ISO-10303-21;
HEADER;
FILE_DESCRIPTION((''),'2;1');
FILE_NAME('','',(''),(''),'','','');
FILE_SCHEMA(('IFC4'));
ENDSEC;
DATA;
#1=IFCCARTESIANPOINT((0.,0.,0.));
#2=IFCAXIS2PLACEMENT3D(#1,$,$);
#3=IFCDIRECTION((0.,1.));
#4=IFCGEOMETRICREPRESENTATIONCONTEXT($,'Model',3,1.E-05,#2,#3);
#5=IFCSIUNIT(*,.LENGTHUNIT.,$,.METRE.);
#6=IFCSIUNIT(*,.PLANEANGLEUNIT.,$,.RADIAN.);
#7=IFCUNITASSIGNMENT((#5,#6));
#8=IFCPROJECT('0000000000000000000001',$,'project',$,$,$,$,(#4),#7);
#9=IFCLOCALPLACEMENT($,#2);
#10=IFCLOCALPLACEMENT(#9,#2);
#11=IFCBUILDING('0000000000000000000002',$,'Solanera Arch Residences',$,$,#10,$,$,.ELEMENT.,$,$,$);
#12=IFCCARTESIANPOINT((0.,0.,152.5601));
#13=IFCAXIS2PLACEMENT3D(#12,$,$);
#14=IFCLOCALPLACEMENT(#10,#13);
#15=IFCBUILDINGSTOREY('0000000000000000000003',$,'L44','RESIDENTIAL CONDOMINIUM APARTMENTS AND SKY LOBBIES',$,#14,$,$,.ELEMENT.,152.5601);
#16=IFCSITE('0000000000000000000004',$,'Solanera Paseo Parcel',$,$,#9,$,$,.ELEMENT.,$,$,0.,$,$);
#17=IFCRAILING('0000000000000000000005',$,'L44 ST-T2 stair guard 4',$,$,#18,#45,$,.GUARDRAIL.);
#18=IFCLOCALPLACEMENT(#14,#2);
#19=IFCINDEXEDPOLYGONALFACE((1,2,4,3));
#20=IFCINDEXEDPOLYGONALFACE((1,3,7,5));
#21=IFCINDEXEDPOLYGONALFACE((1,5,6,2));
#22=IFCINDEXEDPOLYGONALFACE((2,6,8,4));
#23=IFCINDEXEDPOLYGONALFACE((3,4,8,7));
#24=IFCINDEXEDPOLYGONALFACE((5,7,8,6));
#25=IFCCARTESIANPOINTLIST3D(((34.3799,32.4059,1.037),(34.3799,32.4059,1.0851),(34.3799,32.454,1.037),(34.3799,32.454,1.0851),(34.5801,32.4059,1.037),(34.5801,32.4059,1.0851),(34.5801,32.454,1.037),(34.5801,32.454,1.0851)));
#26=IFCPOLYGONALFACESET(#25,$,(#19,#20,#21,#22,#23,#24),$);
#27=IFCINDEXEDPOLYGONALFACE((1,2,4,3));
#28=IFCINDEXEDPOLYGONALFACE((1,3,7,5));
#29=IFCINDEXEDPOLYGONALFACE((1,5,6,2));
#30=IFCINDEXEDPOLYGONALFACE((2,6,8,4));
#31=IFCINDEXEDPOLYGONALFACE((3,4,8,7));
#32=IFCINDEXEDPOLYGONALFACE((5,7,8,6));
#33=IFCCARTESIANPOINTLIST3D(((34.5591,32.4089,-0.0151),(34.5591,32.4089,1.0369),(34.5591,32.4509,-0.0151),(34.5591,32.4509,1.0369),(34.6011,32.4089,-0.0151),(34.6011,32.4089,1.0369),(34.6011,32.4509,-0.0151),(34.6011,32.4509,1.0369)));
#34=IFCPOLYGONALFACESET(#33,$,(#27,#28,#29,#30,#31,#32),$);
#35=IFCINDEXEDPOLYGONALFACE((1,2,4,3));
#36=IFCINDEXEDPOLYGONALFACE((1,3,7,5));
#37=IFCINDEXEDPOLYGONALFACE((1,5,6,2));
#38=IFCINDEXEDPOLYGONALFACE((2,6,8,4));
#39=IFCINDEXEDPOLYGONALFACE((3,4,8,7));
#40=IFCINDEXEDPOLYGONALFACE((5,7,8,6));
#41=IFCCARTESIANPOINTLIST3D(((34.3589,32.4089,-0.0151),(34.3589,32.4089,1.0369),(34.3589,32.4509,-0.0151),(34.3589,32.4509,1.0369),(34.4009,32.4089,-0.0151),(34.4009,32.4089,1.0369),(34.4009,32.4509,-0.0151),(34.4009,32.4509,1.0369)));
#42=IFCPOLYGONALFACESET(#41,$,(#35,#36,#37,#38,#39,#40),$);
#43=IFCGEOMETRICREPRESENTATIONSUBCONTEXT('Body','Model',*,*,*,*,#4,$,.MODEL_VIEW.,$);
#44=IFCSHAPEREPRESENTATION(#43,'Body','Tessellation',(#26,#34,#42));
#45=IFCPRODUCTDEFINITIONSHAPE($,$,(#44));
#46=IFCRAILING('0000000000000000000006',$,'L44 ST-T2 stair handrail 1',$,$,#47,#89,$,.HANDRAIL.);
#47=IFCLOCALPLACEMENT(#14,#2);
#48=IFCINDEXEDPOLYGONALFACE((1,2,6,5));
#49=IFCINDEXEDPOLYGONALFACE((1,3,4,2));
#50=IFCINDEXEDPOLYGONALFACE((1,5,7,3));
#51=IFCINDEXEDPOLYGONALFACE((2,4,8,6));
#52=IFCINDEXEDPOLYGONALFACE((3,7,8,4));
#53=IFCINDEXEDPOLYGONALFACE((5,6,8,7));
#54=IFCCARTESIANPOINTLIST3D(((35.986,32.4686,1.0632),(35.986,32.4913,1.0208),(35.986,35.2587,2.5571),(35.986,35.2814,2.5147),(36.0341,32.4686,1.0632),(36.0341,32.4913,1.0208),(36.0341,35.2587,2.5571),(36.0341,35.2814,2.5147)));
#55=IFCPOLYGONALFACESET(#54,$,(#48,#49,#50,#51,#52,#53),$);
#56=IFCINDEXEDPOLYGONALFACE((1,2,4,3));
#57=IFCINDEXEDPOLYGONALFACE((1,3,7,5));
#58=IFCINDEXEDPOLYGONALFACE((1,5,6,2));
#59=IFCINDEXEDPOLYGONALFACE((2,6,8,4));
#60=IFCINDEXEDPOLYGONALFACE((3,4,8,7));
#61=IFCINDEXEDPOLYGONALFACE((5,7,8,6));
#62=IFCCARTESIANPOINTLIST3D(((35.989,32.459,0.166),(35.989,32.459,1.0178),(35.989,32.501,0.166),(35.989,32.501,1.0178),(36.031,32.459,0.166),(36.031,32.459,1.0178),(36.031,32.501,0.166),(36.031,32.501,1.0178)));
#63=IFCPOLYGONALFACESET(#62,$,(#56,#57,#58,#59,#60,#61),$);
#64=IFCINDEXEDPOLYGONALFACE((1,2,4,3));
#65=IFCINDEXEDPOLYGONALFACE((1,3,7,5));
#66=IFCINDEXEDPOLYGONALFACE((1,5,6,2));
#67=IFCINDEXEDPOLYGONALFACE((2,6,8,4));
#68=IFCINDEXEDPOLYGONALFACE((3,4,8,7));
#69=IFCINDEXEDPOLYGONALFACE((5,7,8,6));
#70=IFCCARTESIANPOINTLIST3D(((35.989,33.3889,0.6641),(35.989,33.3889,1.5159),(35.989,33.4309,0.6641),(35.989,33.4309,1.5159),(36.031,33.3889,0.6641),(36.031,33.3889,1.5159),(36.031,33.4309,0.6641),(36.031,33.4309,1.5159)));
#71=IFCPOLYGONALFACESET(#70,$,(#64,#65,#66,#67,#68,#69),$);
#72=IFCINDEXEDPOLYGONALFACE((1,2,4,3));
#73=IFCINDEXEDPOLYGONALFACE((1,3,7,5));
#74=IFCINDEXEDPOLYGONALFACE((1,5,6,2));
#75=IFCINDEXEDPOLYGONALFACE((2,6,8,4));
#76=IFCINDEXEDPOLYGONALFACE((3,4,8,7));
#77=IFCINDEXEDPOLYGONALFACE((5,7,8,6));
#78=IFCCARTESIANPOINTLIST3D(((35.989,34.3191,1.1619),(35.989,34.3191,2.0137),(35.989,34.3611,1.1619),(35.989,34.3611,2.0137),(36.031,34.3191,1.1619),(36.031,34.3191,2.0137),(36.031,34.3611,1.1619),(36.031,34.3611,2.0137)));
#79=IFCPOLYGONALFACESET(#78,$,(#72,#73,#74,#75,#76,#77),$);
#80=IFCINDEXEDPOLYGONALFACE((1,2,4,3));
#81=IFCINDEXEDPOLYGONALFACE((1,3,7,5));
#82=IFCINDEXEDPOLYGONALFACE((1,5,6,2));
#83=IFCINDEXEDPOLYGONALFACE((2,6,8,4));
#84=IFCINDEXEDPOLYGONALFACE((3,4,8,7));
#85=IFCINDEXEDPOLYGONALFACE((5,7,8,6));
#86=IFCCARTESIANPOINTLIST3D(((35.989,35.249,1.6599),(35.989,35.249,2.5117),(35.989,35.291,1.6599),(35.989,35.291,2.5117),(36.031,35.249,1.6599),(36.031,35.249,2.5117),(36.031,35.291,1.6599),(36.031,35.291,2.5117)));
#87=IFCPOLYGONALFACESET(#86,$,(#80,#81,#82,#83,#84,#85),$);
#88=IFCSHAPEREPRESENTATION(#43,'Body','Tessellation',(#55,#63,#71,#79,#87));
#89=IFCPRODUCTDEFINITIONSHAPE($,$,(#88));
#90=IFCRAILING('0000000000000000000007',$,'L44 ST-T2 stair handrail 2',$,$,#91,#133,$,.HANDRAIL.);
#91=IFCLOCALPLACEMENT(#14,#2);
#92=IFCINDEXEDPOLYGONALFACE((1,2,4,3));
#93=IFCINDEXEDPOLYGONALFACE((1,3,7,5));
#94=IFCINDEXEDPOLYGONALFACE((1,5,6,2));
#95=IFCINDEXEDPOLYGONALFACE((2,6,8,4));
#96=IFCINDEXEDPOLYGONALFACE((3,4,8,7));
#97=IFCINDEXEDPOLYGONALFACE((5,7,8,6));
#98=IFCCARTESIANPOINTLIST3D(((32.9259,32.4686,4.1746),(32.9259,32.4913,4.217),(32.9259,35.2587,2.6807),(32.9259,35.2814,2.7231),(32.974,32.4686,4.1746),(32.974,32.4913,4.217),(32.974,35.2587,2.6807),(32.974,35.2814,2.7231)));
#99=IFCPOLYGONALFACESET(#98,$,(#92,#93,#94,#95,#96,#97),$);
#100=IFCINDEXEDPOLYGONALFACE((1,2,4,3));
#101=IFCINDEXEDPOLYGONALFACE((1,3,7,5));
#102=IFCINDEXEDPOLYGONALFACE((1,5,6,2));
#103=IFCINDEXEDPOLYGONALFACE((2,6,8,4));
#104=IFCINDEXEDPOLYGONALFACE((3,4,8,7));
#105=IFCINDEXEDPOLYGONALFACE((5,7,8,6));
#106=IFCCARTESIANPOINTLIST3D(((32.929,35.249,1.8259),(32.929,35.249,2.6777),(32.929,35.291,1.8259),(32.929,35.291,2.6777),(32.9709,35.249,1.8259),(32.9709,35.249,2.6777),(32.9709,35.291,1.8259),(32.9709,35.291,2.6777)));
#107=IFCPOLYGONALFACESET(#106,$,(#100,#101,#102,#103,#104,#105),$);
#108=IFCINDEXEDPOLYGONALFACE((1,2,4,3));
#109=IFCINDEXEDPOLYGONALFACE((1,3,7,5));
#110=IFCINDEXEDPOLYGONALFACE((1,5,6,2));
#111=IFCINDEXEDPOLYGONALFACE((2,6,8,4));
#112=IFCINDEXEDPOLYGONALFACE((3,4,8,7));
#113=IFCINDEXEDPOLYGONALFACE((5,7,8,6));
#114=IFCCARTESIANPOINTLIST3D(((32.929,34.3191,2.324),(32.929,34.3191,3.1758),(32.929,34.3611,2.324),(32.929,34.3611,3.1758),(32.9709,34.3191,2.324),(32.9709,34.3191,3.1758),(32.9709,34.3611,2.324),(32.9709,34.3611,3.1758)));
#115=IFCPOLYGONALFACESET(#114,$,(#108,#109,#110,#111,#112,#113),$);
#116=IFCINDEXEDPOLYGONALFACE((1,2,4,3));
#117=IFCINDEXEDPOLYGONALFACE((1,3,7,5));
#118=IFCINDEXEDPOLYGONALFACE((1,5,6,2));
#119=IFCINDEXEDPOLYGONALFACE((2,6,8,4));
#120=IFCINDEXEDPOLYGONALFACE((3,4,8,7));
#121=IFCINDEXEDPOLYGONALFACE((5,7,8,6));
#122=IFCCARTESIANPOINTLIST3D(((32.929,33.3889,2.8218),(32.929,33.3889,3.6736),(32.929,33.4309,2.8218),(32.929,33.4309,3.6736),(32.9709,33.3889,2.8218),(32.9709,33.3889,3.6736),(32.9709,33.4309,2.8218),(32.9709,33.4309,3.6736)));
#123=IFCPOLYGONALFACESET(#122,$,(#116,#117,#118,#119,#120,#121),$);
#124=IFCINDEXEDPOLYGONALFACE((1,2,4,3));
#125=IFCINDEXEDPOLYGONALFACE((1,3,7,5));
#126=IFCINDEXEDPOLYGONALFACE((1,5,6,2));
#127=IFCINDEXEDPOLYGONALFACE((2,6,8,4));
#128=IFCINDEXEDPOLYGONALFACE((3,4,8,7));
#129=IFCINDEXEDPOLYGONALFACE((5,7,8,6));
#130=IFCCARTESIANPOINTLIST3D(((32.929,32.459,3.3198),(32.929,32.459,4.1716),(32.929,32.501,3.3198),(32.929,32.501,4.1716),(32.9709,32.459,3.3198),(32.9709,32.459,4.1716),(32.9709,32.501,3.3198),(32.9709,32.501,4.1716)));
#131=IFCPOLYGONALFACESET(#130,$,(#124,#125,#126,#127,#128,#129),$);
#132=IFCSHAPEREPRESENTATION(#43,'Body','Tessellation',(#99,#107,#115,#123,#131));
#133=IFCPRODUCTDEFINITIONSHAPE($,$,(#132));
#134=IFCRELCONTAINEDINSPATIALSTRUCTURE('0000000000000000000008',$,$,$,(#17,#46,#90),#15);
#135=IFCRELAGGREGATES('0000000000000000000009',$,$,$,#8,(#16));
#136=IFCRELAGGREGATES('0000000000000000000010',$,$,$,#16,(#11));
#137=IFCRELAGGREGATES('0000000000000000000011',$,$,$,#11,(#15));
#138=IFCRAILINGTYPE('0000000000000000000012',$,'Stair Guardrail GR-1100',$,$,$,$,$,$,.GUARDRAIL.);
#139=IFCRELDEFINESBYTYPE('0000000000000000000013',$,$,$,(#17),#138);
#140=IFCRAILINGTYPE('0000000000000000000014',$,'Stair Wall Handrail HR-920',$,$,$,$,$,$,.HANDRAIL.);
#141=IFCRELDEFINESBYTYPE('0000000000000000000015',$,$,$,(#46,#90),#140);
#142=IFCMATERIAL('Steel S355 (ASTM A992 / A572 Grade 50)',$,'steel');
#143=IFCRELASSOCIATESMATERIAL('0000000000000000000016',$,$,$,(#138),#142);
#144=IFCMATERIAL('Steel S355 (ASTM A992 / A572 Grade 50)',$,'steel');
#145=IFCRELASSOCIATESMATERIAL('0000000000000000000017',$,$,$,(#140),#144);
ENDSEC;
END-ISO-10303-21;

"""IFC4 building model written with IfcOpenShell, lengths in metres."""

from ifc_helpers import new_model, si_unit, direction, frame, origin, origin_2d, place, context, subcontext, project, spatial, rectangle, extrude, material, type_object, element, save


model = new_model("IFC4")

# Units and contexts
model_context = context("Model", 3, precision=1e-05, world=origin(), true_north=direction((0.0, 1.0)))
body_context = subcontext(model_context, "Body", "Model", "MODEL_VIEW")
ifc_project = project(units=[si_unit("LENGTHUNIT", "METRE"), si_unit("PLANEANGLEUNIT", "RADIAN")], contexts=[model_context])

# Site, building, storey
site_placement = place(None, origin())
site = spatial("IfcSite", under=ifc_project, at=site_placement, Name="Solanera Paseo Parcel", CompositionType="ELEMENT", RefElevation=0.0)
building_placement = place(site_placement, origin())
building = spatial("IfcBuilding", under=site, at=building_placement, Name="Solanera Arch Residences", CompositionType="ELEMENT")
storey_placement = place(building_placement, frame((0.0, 0.0, 152.5601)))
storey = spatial("IfcBuildingStorey", under=building, at=storey_placement, Name="L44", Description="RESIDENTIAL CONDOMINIUM APARTMENTS AND SKY LOBBIES", CompositionType="ELEMENT", Elevation=152.5601)

# Railings
ifc_material_1 = material(Name="Steel S355 (ASTM A992 / A572 Grade 50)", Category="steel")
railing_type_1 = type_object("IfcRailingType", Name="Stair Guardrail GR-1100", PredefinedType="GUARDRAIL", material=ifc_material_1)
railing_1_placement = place(storey_placement, frame((34.5801, 32.4299, -0.0151)))
element("IfcRailing", 1, at=railing_1_placement, inside=storey, type_object=railing_type_1, Name="L44 ST-T2 stair guard 4", PredefinedType="GUARDRAIL", context=body_context, shape_type="SweptSolid", body=[
    extrude(rectangle(XDim=0.0481, YDim=0.0481, at=origin_2d()), frame((0.0, 0.0, 1.0762), z_axis=(-1.0, 0.0, 0.0), x_axis=(0.0, -1.0, 0.0)), (0.0, 0.0, 1.0), 0.2002),
    extrude(rectangle(XDim=0.042, YDim=0.042, at=origin_2d()), origin(), (0.0, 0.0, 1.0), 1.052),
    extrude(rectangle(XDim=0.042, YDim=0.042, at=origin_2d()), frame((-0.2002, 0.0, 0.0)), (0.0, 0.0, 1.0), 1.052),
])
ifc_material_2 = material(Name="Steel S355 (ASTM A992 / A572 Grade 50)", Category="steel")
railing_type_2 = type_object("IfcRailingType", Name="Stair Wall Handrail HR-920", PredefinedType="HANDRAIL", material=ifc_material_2)
railing_2_placement = place(storey_placement, frame((36.01, 32.48, 0.166)))
element("IfcRailing", 2, at=railing_2_placement, inside=storey, type_object=railing_type_2, Name="L44 ST-T2 stair handrail 1", PredefinedType="HANDRAIL", context=body_context, shape_type="SweptSolid", body=[
    extrude(rectangle(XDim=0.0481, YDim=0.0481, at=origin_2d()), frame((0.0, 0.0, 0.876), z_axis=(0.0, 0.881581, 0.472033), x_axis=(-1.0, 0.0, 0.0)), (0.0, 0.0, 1.0), 3.1648),
    extrude(rectangle(XDim=0.042, YDim=0.042, at=origin_2d()), origin(), (0.0, 0.0, 1.0), 0.8518),
    extrude(rectangle(XDim=0.042, YDim=0.042, at=origin_2d()), frame((0.0, 0.9299, 0.498)), (0.0, 0.0, 1.0), 0.8518),
    extrude(rectangle(XDim=0.042, YDim=0.042, at=origin_2d()), frame((0.0, 1.8601, 0.9958)), (0.0, 0.0, 1.0), 0.8518),
    extrude(rectangle(XDim=0.042, YDim=0.042, at=origin_2d()), frame((0.0, 2.79, 1.4939)), (0.0, 0.0, 1.0), 0.8518),
])
railing_3_placement = place(storey_placement, frame((32.95, 35.27, 1.8259)))
element("IfcRailing", 3, at=railing_3_placement, inside=storey, type_object=railing_type_2, Name="L44 ST-T2 stair handrail 2", PredefinedType="HANDRAIL", context=body_context, shape_type="SweptSolid", body=[
    extrude(rectangle(XDim=0.0481, YDim=0.0481, at=origin_2d()), frame((0.0, 0.0, 0.876), z_axis=(0.0, -0.881581, 0.472033), x_axis=(1.0, 0.0, 0.0)), (0.0, 0.0, 1.0), 3.1648),
    extrude(rectangle(XDim=0.042, YDim=0.042, at=origin_2d()), origin(), (0.0, 0.0, 1.0), 0.8518),
    extrude(rectangle(XDim=0.042, YDim=0.042, at=origin_2d()), frame((0.0, -0.9299, 0.498)), (0.0, 0.0, 1.0), 0.8518),
    extrude(rectangle(XDim=0.042, YDim=0.042, at=origin_2d()), frame((0.0, -1.8601, 0.9958)), (0.0, 0.0, 1.0), 0.8518),
    extrude(rectangle(XDim=0.042, YDim=0.042, at=origin_2d()), frame((0.0, -2.79, 1.4939)), (0.0, 0.0, 1.0), 0.8518),
])

save(model, "model.ifc")
